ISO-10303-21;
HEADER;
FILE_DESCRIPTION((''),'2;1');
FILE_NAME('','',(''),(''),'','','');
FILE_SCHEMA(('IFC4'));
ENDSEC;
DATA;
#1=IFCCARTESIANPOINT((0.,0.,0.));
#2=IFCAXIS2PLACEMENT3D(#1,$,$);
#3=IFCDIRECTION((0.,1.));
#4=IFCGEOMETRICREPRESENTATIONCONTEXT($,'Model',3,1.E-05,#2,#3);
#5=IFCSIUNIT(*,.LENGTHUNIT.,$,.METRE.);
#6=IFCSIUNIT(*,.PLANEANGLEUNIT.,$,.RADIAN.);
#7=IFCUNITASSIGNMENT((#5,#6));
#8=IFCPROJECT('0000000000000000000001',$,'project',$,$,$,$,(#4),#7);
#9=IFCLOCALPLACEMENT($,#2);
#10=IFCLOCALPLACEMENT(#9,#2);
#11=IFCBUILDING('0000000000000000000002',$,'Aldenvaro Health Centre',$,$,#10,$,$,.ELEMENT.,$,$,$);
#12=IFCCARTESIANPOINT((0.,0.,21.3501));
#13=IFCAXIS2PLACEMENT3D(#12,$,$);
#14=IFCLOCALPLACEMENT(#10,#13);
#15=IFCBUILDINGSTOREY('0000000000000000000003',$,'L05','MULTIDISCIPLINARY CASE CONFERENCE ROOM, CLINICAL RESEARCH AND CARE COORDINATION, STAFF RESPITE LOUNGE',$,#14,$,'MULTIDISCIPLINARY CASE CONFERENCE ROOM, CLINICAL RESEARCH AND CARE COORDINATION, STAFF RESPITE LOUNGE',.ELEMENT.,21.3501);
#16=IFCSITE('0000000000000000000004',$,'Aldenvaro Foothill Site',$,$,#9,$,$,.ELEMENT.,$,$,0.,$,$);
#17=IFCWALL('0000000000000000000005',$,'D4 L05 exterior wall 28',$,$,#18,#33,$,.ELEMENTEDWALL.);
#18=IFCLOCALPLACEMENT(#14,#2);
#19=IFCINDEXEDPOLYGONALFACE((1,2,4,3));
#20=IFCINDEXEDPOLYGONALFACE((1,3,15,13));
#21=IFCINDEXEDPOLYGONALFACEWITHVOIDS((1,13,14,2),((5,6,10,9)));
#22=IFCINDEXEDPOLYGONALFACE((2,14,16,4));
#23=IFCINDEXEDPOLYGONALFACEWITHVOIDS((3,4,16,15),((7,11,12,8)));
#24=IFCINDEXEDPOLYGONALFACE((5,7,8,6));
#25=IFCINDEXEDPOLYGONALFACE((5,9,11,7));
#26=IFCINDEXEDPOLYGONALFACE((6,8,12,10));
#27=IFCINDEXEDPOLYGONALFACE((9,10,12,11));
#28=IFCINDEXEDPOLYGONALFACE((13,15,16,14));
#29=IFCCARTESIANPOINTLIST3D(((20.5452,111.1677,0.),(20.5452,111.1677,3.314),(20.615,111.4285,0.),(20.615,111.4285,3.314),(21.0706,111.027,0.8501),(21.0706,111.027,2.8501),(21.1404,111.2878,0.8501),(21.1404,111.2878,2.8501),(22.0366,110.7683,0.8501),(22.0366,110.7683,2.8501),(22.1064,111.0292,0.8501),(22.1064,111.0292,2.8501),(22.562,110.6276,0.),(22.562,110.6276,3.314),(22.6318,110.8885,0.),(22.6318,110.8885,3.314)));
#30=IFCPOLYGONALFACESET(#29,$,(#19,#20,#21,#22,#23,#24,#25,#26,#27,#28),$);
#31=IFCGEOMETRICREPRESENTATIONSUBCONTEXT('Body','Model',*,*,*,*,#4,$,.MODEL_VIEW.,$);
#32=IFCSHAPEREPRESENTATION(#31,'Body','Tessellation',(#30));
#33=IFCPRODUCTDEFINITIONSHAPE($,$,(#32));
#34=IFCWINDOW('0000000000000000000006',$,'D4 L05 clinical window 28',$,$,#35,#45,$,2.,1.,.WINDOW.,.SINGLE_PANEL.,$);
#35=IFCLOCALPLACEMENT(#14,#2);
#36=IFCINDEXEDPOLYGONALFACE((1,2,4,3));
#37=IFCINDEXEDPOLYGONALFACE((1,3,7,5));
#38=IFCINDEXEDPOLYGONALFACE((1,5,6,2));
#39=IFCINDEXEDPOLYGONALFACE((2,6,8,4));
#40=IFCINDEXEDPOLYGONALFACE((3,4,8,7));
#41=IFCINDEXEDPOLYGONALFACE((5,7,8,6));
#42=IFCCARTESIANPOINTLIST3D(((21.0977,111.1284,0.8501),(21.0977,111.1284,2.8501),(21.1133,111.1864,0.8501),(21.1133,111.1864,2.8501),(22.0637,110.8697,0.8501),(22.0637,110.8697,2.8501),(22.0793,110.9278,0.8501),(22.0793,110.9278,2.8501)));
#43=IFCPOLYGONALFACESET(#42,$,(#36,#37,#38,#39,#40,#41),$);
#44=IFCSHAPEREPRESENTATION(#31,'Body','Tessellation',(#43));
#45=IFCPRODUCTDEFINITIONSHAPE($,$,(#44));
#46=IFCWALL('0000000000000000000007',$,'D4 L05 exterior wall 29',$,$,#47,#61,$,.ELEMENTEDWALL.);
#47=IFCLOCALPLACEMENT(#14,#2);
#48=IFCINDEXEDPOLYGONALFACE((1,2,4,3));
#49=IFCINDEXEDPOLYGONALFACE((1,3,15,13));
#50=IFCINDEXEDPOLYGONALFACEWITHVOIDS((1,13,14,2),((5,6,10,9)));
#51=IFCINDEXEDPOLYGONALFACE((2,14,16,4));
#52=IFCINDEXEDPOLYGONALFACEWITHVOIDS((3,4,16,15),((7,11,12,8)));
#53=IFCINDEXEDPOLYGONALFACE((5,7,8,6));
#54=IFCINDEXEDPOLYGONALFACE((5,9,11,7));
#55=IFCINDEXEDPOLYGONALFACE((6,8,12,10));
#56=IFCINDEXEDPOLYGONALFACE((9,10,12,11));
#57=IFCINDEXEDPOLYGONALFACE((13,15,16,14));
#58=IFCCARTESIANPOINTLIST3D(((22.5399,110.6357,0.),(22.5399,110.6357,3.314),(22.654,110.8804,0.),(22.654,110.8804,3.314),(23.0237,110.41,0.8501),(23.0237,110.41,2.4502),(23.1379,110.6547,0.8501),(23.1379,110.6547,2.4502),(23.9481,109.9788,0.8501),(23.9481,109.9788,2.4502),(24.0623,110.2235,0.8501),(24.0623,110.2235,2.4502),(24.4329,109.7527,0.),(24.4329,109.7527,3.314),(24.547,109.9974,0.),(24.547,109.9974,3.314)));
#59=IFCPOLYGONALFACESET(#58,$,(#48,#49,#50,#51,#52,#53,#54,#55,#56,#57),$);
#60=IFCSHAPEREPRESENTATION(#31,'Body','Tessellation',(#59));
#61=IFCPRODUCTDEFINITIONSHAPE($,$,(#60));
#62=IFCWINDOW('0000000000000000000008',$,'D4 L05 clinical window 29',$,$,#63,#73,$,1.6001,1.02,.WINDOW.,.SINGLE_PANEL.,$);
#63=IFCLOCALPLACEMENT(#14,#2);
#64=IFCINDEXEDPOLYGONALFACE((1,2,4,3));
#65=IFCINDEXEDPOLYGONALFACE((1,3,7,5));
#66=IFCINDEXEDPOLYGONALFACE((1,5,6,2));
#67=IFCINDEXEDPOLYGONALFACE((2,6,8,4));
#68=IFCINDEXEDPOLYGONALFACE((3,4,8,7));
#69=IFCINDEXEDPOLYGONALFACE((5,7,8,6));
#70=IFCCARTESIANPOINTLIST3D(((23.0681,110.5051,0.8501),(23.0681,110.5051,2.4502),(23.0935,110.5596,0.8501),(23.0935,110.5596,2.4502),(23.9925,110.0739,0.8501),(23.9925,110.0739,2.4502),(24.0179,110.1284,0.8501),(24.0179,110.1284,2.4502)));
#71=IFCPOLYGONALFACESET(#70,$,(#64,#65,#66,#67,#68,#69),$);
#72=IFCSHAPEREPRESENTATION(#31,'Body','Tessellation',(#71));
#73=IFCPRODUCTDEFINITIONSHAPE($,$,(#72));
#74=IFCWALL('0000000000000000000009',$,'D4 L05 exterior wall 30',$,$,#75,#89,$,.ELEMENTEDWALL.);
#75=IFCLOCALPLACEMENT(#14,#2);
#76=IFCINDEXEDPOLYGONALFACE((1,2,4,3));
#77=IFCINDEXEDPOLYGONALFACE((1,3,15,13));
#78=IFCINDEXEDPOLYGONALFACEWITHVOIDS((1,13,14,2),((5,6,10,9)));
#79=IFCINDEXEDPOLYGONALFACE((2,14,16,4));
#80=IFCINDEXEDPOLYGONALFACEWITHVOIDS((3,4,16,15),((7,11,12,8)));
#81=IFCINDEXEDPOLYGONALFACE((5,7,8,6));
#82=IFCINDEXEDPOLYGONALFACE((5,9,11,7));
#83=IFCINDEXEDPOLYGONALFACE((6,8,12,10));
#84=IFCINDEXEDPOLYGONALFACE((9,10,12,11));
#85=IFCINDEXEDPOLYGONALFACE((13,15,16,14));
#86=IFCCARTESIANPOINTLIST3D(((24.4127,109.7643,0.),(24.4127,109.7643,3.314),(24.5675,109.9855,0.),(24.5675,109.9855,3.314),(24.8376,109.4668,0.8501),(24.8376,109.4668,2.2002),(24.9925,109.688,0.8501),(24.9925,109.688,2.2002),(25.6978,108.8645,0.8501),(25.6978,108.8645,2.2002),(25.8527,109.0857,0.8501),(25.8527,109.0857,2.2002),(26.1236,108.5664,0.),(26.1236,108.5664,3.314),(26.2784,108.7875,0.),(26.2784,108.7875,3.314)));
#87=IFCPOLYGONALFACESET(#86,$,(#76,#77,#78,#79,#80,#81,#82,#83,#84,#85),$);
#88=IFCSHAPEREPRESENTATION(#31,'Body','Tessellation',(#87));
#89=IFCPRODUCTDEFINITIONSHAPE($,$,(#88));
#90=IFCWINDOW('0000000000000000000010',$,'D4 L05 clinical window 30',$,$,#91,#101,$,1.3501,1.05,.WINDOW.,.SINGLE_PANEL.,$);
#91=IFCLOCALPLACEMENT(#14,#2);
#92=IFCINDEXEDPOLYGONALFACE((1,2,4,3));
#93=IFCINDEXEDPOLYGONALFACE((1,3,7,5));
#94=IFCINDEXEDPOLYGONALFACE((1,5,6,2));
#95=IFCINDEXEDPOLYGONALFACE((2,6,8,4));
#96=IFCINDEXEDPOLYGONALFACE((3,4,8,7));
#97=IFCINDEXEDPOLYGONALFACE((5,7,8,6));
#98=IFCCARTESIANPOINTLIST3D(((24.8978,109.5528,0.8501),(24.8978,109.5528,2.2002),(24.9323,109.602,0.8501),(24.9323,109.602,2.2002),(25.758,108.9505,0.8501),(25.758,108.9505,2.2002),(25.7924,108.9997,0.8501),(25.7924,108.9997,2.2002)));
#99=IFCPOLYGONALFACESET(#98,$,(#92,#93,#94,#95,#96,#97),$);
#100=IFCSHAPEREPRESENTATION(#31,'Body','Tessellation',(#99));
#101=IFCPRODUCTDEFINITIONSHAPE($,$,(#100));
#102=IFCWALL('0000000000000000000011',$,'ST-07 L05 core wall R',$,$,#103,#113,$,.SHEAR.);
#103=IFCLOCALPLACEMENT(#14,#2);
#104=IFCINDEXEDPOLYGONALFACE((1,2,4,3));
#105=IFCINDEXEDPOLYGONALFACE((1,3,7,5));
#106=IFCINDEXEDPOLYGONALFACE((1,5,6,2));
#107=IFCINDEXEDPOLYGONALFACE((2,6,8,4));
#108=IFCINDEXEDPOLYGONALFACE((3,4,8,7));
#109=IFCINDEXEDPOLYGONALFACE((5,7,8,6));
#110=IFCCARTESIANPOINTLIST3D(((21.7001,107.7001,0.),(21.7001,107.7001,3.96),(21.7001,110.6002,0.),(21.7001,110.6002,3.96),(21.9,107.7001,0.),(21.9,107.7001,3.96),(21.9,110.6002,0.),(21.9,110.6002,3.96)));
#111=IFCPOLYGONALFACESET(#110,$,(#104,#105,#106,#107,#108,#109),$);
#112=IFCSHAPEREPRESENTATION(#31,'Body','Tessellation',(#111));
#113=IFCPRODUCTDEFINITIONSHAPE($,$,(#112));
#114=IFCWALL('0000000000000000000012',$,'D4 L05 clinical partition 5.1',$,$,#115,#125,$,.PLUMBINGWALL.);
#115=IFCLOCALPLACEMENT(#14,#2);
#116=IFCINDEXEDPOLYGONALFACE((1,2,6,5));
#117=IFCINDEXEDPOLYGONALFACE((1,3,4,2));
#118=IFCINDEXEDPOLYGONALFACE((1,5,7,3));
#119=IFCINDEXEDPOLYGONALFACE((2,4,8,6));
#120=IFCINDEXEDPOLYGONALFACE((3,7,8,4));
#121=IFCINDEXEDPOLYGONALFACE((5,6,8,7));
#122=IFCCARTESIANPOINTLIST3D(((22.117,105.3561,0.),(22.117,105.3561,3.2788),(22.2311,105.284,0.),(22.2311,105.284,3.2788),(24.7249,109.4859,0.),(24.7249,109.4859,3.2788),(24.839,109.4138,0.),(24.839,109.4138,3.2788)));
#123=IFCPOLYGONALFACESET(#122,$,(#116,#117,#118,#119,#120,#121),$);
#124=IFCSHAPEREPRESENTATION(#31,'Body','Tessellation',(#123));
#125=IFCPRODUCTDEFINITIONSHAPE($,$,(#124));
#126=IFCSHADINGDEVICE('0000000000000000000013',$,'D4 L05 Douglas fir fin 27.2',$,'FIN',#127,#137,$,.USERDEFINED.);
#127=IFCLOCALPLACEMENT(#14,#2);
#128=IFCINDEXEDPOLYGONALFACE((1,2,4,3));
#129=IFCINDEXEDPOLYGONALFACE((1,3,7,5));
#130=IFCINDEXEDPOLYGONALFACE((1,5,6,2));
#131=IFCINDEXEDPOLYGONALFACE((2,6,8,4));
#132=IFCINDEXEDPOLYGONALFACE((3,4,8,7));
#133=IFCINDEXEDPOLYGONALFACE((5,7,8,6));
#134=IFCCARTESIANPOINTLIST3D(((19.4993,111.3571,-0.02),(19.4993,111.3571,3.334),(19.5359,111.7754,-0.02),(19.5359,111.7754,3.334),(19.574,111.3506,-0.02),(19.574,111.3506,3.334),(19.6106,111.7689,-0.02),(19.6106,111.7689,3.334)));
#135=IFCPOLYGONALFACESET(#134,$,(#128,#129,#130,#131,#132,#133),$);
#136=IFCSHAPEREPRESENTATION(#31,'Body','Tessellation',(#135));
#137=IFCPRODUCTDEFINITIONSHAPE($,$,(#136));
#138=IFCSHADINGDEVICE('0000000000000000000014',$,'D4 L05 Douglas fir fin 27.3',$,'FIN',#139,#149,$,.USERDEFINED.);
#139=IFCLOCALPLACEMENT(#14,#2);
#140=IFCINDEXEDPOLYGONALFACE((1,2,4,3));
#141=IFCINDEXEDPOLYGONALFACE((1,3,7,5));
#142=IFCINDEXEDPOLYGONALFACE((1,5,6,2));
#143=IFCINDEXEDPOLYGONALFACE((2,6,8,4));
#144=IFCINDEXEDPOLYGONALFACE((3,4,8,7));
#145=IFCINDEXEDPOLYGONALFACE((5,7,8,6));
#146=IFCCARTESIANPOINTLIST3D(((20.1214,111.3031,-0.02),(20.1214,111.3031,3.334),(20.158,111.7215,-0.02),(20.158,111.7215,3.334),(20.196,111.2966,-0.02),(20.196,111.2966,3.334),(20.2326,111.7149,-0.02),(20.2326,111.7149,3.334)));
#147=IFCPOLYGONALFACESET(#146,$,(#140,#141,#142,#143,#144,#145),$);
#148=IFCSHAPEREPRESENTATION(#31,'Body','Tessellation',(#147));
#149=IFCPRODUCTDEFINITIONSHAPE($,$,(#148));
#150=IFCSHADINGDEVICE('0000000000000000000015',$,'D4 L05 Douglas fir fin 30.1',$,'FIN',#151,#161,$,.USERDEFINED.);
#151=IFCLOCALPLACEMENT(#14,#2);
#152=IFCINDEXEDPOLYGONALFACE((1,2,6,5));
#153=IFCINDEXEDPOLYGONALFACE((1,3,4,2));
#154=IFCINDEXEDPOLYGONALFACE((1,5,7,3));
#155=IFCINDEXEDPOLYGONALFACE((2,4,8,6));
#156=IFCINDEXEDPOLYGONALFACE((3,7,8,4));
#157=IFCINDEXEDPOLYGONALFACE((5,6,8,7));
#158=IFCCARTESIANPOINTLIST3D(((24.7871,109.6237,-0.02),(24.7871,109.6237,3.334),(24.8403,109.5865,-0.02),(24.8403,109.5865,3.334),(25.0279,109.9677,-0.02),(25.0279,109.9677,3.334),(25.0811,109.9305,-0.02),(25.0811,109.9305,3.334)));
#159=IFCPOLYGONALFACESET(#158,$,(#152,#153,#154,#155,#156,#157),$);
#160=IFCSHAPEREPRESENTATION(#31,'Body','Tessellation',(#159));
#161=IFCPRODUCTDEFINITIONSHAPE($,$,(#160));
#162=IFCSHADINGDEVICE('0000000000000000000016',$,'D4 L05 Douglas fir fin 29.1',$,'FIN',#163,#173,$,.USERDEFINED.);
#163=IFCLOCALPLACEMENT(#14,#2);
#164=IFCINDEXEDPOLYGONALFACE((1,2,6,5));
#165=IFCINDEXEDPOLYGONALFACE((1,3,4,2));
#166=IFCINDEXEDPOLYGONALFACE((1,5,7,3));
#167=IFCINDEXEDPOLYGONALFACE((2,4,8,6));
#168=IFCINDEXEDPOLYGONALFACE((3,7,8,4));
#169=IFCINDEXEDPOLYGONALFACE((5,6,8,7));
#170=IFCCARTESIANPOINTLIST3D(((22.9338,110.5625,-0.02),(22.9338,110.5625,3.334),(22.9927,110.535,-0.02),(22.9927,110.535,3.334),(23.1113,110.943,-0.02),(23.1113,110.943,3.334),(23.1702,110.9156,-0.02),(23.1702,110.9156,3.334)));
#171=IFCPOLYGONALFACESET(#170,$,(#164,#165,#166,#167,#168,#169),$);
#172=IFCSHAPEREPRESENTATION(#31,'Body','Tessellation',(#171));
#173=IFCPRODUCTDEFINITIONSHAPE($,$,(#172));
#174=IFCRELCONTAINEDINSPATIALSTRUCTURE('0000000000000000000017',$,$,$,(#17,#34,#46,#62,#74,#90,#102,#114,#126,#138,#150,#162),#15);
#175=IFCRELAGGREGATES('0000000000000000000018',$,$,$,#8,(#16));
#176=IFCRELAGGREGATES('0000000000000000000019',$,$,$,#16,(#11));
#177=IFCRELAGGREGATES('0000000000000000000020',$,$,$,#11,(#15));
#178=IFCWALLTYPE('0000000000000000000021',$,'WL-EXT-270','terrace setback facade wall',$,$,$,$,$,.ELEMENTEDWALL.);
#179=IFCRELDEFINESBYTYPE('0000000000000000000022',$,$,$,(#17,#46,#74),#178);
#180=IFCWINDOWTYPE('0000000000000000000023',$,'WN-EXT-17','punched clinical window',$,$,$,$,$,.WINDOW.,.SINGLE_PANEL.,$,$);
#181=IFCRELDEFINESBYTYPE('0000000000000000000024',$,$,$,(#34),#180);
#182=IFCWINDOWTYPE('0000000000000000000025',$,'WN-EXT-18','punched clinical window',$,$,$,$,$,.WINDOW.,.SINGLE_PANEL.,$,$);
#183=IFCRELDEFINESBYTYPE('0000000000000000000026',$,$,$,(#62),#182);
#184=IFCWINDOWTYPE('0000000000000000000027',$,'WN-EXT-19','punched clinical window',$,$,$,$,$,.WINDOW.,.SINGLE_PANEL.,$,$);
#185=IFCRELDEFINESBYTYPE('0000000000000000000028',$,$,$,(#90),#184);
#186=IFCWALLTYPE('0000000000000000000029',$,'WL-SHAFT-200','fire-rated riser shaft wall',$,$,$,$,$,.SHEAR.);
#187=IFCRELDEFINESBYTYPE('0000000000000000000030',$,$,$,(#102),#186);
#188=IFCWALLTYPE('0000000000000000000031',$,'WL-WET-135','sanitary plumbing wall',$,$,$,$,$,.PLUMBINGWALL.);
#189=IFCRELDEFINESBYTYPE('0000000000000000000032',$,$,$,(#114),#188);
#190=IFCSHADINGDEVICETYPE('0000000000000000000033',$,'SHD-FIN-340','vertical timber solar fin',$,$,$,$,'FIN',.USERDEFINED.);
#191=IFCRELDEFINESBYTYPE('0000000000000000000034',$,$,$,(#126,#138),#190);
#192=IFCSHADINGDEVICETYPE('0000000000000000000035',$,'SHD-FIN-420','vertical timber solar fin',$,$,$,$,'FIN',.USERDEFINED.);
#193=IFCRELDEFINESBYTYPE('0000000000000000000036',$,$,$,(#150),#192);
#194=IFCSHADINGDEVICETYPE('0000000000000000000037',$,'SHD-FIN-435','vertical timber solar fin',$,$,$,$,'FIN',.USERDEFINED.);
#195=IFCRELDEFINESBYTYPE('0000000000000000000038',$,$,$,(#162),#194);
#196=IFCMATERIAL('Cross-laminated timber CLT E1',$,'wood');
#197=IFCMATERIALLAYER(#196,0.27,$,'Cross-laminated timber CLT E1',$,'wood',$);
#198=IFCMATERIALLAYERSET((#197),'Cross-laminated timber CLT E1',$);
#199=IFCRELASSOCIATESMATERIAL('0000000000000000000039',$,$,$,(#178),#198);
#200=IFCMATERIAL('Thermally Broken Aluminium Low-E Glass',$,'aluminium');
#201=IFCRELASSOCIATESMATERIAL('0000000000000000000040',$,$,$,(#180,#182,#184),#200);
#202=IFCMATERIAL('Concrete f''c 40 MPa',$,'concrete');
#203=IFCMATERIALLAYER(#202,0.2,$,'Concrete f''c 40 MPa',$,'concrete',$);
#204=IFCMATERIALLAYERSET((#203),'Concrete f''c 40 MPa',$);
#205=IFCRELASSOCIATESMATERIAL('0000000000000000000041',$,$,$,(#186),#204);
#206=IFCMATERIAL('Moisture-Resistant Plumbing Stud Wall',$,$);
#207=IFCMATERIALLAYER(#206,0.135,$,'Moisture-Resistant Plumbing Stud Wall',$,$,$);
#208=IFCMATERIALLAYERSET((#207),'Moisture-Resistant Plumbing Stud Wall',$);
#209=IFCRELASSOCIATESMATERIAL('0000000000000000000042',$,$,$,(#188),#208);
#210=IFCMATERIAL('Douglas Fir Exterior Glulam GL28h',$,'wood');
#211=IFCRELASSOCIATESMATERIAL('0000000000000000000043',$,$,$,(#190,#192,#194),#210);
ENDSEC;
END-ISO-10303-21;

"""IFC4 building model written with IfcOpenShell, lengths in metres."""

from ifc_helpers import new_model, si_unit, direction, frame, frame_2d, origin, origin_2d, place, context, subcontext, project, spatial, rectangle, extrude, material, layer, layer_set, type_object, element, fill, save


model = new_model("IFC4")

# Units and contexts
model_context = context("Model", 3, precision=1e-05, world=origin(), true_north=direction((0.0, 1.0)))
body_context = subcontext(model_context, "Body", "Model", "MODEL_VIEW")
ifc_project = project(units=[si_unit("LENGTHUNIT", "METRE"), si_unit("PLANEANGLEUNIT", "RADIAN")], contexts=[model_context])

# Site, building, storey
site_placement = place(None, origin())
site = spatial("IfcSite", under=ifc_project, at=site_placement, Name="Aldenvaro Foothill Site", CompositionType="ELEMENT", RefElevation=0.0)
building_placement = place(site_placement, origin())
building = spatial("IfcBuilding", under=site, at=building_placement, Name="Aldenvaro Health Centre", CompositionType="ELEMENT")
storey_placement = place(building_placement, frame((0.0, 0.0, 21.3501)))
storey = spatial("IfcBuildingStorey", under=building, at=storey_placement, Name="L05", Description="MULTIDISCIPLINARY CASE CONFERENCE ROOM, CLINICAL RESEARCH AND CARE COORDINATION, STAFF RESPITE LOUNGE", LongName="MULTIDISCIPLINARY CASE CONFERENCE ROOM, CLINICAL RESEARCH AND CARE COORDINATION, STAFF RESPITE LOUNGE", CompositionType="ELEMENT", Elevation=21.3501)

# Walls, openings, windows
ifc_material_1 = material(Name="Cross-laminated timber CLT E1", Category="wood")
ifc_layer_1 = layer(ifc_material_1, 0.27, Name="Cross-laminated timber CLT E1", Category="wood")
ifc_layer_set_1 = layer_set([ifc_layer_1], Name="Cross-laminated timber CLT E1")
wall_type_1 = type_object("IfcWallType", Name="WL-EXT-270", Description="terrace setback facade wall", PredefinedType="ELEMENTEDWALL", material=ifc_layer_set_1)
wall_1_placement = place(storey_placement, frame((20.5801, 111.2981, 0.0), z_axis=(0.0, 0.0, 1.0), x_axis=(0.96597, -0.258652, 0.0)))
wall_1 = element("IfcWall", 1, at=wall_1_placement, inside=storey, type_object=wall_type_1, Name="D4 L05 exterior wall 28", PredefinedType="ELEMENTEDWALL", context=body_context, shape_type="SweptSolid", body=[
    extrude(rectangle(XDim=2.0879, YDim=0.27, at=frame_2d((1.0439, 0.0))), origin(), (0.0, 0.0, 1.0), 3.314),
])
opening_1_placement = place(wall_1_placement, frame((0.5439, 0.0, 0.8501)))
opening_1 = element("IfcOpeningElement", 2, at=opening_1_placement, cuts=wall_1, PredefinedType="OPENING", context=body_context, shape_type="SweptSolid", body=[
    extrude(rectangle(XDim=1.0, YDim=2.0, at=frame_2d((0.5, 1.0))), frame((0.0, 0.145, 0.0), z_axis=(0.0, -1.0, 0.0), x_axis=(1.0, 0.0, 0.0)), (0.0, 0.0, 1.0), 0.29),
])
ifc_material_2 = material(Name="Thermally Broken Aluminium Low-E Glass", Category="aluminium")
window_type_1 = type_object("IfcWindowType", Name="WN-EXT-17", Description="punched clinical window", PartitioningType="SINGLE_PANEL", PredefinedType="WINDOW", material=ifc_material_2)
window_1_placement = place(opening_1_placement, origin())
window_1 = element("IfcWindow", 3, at=window_1_placement, inside=storey, type_object=window_type_1, Name="D4 L05 clinical window 28", OverallHeight=2.0, OverallWidth=1.0, PartitioningType="SINGLE_PANEL", PredefinedType="WINDOW", context=body_context, shape_type="SweptSolid", body=[
    extrude(rectangle(XDim=1.0, YDim=2.0, at=frame_2d((0.5, 1.0))), frame((0.0, 0.03, 0.0), z_axis=(0.0, -1.0, 0.0), x_axis=(1.0, 0.0, 0.0)), (0.0, 0.0, 1.0), 0.0601),
])
fill(opening_1, window_1)
wall_2_placement = place(storey_placement, frame((22.5969, 110.7581, 0.0), z_axis=(0.0, 0.0, 1.0), x_axis=(0.906252, -0.422738, 0.0)))
wall_2 = element("IfcWall", 4, at=wall_2_placement, inside=storey, type_object=wall_type_1, Name="D4 L05 exterior wall 29", PredefinedType="ELEMENTEDWALL", context=body_context, shape_type="SweptSolid", body=[
    extrude(rectangle(XDim=2.0889, YDim=0.27, at=frame_2d((1.0444, 0.0))), origin(), (0.0, 0.0, 1.0), 3.314),
])
opening_2_placement = place(wall_2_placement, frame((0.5339, 0.0, 0.8501)))
opening_2 = element("IfcOpeningElement", 5, at=opening_2_placement, cuts=wall_2, PredefinedType="OPENING", context=body_context, shape_type="SweptSolid", body=[
    extrude(rectangle(XDim=1.02, YDim=1.6001, at=frame_2d((0.51, 0.8))), frame((0.0, 0.145, 0.0), z_axis=(0.0, -1.0, 0.0), x_axis=(1.0, 0.0, 0.0)), (0.0, 0.0, 1.0), 0.29),
])
window_type_2 = type_object("IfcWindowType", Name="WN-EXT-18", Description="punched clinical window", PartitioningType="SINGLE_PANEL", PredefinedType="WINDOW", material=ifc_material_2)
window_2_placement = place(opening_2_placement, origin())
window_2 = element("IfcWindow", 6, at=window_2_placement, inside=storey, type_object=window_type_2, Name="D4 L05 clinical window 29", OverallHeight=1.6001, OverallWidth=1.02, PartitioningType="SINGLE_PANEL", PredefinedType="WINDOW", context=body_context, shape_type="SweptSolid", body=[
    extrude(rectangle(XDim=1.02, YDim=1.6001, at=frame_2d((0.51, 0.8))), frame((0.0, 0.03, 0.0), z_axis=(0.0, -1.0, 0.0), x_axis=(1.0, 0.0, 0.0)), (0.0, 0.0, 1.0), 0.0601),
])
fill(opening_2, window_2)
wall_3_placement = place(storey_placement, frame((24.49, 109.875, 0.0), z_axis=(0.0, 0.0, 1.0), x_axis=(0.819155, -0.573572, 0.0)))
wall_3 = element("IfcWall", 7, at=wall_3_placement, inside=storey, type_object=wall_type_1, Name="D4 L05 exterior wall 30", PredefinedType="ELEMENTEDWALL", context=body_context, shape_type="SweptSolid", body=[
    extrude(rectangle(XDim=2.0886, YDim=0.27, at=frame_2d((1.0444, 0.0))), origin(), (0.0, 0.0, 1.0), 3.314),
])
opening_3_placement = place(wall_3_placement, frame((0.519, 0.0, 0.8501)))
opening_3 = element("IfcOpeningElement", 8, at=opening_3_placement, cuts=wall_3, PredefinedType="OPENING", context=body_context, shape_type="SweptSolid", body=[
    extrude(rectangle(XDim=1.05, YDim=1.3501, at=frame_2d((0.5249, 0.675))), frame((0.0, 0.145, 0.0), z_axis=(0.0, -1.0, 0.0), x_axis=(1.0, 0.0, 0.0)), (0.0, 0.0, 1.0), 0.29),
])
window_type_3 = type_object("IfcWindowType", Name="WN-EXT-19", Description="punched clinical window", PartitioningType="SINGLE_PANEL", PredefinedType="WINDOW", material=ifc_material_2)
window_3_placement = place(opening_3_placement, origin())
window_3 = element("IfcWindow", 9, at=window_3_placement, inside=storey, type_object=window_type_3, Name="D4 L05 clinical window 30", OverallHeight=1.3501, OverallWidth=1.05, PartitioningType="SINGLE_PANEL", PredefinedType="WINDOW", context=body_context, shape_type="SweptSolid", body=[
    extrude(rectangle(XDim=1.05, YDim=1.3501, at=frame_2d((0.5249, 0.675))), frame((0.0, 0.03, 0.0), z_axis=(0.0, -1.0, 0.0), x_axis=(1.0, 0.0, 0.0)), (0.0, 0.0, 1.0), 0.0601),
])
fill(opening_3, window_3)

# Walls
ifc_material_3 = material(Name="Concrete f'c 40 MPa", Category="concrete")
ifc_layer_2 = layer(ifc_material_3, 0.2, Name="Concrete f'c 40 MPa", Category="concrete")
ifc_layer_set_2 = layer_set([ifc_layer_2], Name="Concrete f'c 40 MPa")
wall_type_2 = type_object("IfcWallType", Name="WL-SHAFT-200", Description="fire-rated riser shaft wall", PredefinedType="SHEAR", material=ifc_layer_set_2)
wall_4_placement = place(storey_placement, frame((21.8, 107.7, 0.0), z_axis=(0.0, 0.0, 1.0), x_axis=(0.0, 1.0, 0.0)))
element("IfcWall", 10, at=wall_4_placement, inside=storey, type_object=wall_type_2, Name="ST-07 L05 core wall R", PredefinedType="SHEAR", context=body_context, shape_type="SweptSolid", body=[
    extrude(rectangle(XDim=2.9001, YDim=0.2, at=frame_2d((1.4502, 0.0))), origin(), (0.0, 0.0, 1.0), 3.96),
])
ifc_material_4 = material(Name="Moisture-Resistant Plumbing Stud Wall")
ifc_layer_3 = layer(ifc_material_4, 0.135, Name="Moisture-Resistant Plumbing Stud Wall")
ifc_layer_set_3 = layer_set([ifc_layer_3], Name="Moisture-Resistant Plumbing Stud Wall")
wall_type_3 = type_object("IfcWallType", Name="WL-WET-135", Description="sanitary plumbing wall", PredefinedType="PLUMBINGWALL", material=ifc_layer_set_3)
wall_5_placement = place(storey_placement, frame((22.1741, 105.3201, 0.0), z_axis=(0.0, 0.0, 1.0), x_axis=(0.533929, 0.845529, 0.0)))
element("IfcWall", 11, at=wall_5_placement, inside=storey, type_object=wall_type_3, Name="D4 L05 clinical partition 5.1", PredefinedType="PLUMBINGWALL", context=body_context, shape_type="SweptSolid", body=[
    extrude(rectangle(XDim=4.8843, YDim=0.135, at=frame_2d((2.4421, 0.0))), origin(), (0.0, 0.0, 1.0), 3.2788),
])

# Shading devices
ifc_material_5 = material(Name="Douglas Fir Exterior Glulam GL28h", Category="wood")
shading_device_type_1 = type_object("IfcShadingDeviceType", Name="SHD-FIN-340", Description="vertical timber solar fin", ElementType="FIN", PredefinedType="USERDEFINED", material=ifc_material_5)
for number, where, z_axis, x_axis, name in (
    (12, (19.5549, 111.563, -0.02), (0.0, 0.0, 1.0), (0.996194, -0.087167, 0.0), "D4 L05 Douglas fir fin 27.2"),
    (13, (20.177, 111.509, -0.02), (0.0, 0.0, 1.0), (0.996194, -0.087167, 0.0), "D4 L05 Douglas fir fin 27.3"),
):
    element("IfcShadingDevice", number, at=place(storey_placement, frame(where, z_axis=z_axis, x_axis=x_axis)), inside=storey, type_object=shading_device_type_1, Name=name, ObjectType="FIN", PredefinedType="USERDEFINED", context=body_context, shape_type="SweptSolid", body=[
        extrude(rectangle(XDim=0.075, YDim=0.4199, at=origin_2d()), origin(), (0.0, 0.0, 1.0), 3.354),
    ])
shading_device_type_2 = type_object("IfcShadingDeviceType", Name="SHD-FIN-420", Description="vertical timber solar fin", ElementType="FIN", PredefinedType="USERDEFINED", material=ifc_material_5)
shading_device_1_placement = place(storey_placement, frame((24.9341, 109.7771, -0.02), z_axis=(0.0, 0.0, 1.0), x_axis=(0.819164, -0.573559, 0.0)))
element("IfcShadingDevice", 14, at=shading_device_1_placement, inside=storey, type_object=shading_device_type_2, Name="D4 L05 Douglas fir fin 30.1", ObjectType="FIN", PredefinedType="USERDEFINED", context=body_context, shape_type="SweptSolid", body=[
    extrude(rectangle(XDim=0.0649, YDim=0.4199, at=origin_2d()), origin(), (0.0, 0.0, 1.0), 3.354),
])
shading_device_type_3 = type_object("IfcShadingDeviceType", Name="SHD-FIN-435", Description="vertical timber solar fin", ElementType="FIN", PredefinedType="USERDEFINED", material=ifc_material_5)
for number, where, z_axis, x_axis, name in (
    (15, (23.052, 110.739, -0.02), (0.0, 0.0, 1.0), (0.906257, -0.422728, 0.0), "D4 L05 Douglas fir fin 29.1"),
):
    element("IfcShadingDevice", number, at=place(storey_placement, frame(where, z_axis=z_axis, x_axis=x_axis)), inside=storey, type_object=shading_device_type_3, Name=name, ObjectType="FIN", PredefinedType="USERDEFINED", context=body_context, shape_type="SweptSolid", body=[
        extrude(rectangle(XDim=0.0649, YDim=0.4199, at=origin_2d()), origin(), (0.0, 0.0, 1.0), 3.354),
    ])

save(model, "model.ifc")
